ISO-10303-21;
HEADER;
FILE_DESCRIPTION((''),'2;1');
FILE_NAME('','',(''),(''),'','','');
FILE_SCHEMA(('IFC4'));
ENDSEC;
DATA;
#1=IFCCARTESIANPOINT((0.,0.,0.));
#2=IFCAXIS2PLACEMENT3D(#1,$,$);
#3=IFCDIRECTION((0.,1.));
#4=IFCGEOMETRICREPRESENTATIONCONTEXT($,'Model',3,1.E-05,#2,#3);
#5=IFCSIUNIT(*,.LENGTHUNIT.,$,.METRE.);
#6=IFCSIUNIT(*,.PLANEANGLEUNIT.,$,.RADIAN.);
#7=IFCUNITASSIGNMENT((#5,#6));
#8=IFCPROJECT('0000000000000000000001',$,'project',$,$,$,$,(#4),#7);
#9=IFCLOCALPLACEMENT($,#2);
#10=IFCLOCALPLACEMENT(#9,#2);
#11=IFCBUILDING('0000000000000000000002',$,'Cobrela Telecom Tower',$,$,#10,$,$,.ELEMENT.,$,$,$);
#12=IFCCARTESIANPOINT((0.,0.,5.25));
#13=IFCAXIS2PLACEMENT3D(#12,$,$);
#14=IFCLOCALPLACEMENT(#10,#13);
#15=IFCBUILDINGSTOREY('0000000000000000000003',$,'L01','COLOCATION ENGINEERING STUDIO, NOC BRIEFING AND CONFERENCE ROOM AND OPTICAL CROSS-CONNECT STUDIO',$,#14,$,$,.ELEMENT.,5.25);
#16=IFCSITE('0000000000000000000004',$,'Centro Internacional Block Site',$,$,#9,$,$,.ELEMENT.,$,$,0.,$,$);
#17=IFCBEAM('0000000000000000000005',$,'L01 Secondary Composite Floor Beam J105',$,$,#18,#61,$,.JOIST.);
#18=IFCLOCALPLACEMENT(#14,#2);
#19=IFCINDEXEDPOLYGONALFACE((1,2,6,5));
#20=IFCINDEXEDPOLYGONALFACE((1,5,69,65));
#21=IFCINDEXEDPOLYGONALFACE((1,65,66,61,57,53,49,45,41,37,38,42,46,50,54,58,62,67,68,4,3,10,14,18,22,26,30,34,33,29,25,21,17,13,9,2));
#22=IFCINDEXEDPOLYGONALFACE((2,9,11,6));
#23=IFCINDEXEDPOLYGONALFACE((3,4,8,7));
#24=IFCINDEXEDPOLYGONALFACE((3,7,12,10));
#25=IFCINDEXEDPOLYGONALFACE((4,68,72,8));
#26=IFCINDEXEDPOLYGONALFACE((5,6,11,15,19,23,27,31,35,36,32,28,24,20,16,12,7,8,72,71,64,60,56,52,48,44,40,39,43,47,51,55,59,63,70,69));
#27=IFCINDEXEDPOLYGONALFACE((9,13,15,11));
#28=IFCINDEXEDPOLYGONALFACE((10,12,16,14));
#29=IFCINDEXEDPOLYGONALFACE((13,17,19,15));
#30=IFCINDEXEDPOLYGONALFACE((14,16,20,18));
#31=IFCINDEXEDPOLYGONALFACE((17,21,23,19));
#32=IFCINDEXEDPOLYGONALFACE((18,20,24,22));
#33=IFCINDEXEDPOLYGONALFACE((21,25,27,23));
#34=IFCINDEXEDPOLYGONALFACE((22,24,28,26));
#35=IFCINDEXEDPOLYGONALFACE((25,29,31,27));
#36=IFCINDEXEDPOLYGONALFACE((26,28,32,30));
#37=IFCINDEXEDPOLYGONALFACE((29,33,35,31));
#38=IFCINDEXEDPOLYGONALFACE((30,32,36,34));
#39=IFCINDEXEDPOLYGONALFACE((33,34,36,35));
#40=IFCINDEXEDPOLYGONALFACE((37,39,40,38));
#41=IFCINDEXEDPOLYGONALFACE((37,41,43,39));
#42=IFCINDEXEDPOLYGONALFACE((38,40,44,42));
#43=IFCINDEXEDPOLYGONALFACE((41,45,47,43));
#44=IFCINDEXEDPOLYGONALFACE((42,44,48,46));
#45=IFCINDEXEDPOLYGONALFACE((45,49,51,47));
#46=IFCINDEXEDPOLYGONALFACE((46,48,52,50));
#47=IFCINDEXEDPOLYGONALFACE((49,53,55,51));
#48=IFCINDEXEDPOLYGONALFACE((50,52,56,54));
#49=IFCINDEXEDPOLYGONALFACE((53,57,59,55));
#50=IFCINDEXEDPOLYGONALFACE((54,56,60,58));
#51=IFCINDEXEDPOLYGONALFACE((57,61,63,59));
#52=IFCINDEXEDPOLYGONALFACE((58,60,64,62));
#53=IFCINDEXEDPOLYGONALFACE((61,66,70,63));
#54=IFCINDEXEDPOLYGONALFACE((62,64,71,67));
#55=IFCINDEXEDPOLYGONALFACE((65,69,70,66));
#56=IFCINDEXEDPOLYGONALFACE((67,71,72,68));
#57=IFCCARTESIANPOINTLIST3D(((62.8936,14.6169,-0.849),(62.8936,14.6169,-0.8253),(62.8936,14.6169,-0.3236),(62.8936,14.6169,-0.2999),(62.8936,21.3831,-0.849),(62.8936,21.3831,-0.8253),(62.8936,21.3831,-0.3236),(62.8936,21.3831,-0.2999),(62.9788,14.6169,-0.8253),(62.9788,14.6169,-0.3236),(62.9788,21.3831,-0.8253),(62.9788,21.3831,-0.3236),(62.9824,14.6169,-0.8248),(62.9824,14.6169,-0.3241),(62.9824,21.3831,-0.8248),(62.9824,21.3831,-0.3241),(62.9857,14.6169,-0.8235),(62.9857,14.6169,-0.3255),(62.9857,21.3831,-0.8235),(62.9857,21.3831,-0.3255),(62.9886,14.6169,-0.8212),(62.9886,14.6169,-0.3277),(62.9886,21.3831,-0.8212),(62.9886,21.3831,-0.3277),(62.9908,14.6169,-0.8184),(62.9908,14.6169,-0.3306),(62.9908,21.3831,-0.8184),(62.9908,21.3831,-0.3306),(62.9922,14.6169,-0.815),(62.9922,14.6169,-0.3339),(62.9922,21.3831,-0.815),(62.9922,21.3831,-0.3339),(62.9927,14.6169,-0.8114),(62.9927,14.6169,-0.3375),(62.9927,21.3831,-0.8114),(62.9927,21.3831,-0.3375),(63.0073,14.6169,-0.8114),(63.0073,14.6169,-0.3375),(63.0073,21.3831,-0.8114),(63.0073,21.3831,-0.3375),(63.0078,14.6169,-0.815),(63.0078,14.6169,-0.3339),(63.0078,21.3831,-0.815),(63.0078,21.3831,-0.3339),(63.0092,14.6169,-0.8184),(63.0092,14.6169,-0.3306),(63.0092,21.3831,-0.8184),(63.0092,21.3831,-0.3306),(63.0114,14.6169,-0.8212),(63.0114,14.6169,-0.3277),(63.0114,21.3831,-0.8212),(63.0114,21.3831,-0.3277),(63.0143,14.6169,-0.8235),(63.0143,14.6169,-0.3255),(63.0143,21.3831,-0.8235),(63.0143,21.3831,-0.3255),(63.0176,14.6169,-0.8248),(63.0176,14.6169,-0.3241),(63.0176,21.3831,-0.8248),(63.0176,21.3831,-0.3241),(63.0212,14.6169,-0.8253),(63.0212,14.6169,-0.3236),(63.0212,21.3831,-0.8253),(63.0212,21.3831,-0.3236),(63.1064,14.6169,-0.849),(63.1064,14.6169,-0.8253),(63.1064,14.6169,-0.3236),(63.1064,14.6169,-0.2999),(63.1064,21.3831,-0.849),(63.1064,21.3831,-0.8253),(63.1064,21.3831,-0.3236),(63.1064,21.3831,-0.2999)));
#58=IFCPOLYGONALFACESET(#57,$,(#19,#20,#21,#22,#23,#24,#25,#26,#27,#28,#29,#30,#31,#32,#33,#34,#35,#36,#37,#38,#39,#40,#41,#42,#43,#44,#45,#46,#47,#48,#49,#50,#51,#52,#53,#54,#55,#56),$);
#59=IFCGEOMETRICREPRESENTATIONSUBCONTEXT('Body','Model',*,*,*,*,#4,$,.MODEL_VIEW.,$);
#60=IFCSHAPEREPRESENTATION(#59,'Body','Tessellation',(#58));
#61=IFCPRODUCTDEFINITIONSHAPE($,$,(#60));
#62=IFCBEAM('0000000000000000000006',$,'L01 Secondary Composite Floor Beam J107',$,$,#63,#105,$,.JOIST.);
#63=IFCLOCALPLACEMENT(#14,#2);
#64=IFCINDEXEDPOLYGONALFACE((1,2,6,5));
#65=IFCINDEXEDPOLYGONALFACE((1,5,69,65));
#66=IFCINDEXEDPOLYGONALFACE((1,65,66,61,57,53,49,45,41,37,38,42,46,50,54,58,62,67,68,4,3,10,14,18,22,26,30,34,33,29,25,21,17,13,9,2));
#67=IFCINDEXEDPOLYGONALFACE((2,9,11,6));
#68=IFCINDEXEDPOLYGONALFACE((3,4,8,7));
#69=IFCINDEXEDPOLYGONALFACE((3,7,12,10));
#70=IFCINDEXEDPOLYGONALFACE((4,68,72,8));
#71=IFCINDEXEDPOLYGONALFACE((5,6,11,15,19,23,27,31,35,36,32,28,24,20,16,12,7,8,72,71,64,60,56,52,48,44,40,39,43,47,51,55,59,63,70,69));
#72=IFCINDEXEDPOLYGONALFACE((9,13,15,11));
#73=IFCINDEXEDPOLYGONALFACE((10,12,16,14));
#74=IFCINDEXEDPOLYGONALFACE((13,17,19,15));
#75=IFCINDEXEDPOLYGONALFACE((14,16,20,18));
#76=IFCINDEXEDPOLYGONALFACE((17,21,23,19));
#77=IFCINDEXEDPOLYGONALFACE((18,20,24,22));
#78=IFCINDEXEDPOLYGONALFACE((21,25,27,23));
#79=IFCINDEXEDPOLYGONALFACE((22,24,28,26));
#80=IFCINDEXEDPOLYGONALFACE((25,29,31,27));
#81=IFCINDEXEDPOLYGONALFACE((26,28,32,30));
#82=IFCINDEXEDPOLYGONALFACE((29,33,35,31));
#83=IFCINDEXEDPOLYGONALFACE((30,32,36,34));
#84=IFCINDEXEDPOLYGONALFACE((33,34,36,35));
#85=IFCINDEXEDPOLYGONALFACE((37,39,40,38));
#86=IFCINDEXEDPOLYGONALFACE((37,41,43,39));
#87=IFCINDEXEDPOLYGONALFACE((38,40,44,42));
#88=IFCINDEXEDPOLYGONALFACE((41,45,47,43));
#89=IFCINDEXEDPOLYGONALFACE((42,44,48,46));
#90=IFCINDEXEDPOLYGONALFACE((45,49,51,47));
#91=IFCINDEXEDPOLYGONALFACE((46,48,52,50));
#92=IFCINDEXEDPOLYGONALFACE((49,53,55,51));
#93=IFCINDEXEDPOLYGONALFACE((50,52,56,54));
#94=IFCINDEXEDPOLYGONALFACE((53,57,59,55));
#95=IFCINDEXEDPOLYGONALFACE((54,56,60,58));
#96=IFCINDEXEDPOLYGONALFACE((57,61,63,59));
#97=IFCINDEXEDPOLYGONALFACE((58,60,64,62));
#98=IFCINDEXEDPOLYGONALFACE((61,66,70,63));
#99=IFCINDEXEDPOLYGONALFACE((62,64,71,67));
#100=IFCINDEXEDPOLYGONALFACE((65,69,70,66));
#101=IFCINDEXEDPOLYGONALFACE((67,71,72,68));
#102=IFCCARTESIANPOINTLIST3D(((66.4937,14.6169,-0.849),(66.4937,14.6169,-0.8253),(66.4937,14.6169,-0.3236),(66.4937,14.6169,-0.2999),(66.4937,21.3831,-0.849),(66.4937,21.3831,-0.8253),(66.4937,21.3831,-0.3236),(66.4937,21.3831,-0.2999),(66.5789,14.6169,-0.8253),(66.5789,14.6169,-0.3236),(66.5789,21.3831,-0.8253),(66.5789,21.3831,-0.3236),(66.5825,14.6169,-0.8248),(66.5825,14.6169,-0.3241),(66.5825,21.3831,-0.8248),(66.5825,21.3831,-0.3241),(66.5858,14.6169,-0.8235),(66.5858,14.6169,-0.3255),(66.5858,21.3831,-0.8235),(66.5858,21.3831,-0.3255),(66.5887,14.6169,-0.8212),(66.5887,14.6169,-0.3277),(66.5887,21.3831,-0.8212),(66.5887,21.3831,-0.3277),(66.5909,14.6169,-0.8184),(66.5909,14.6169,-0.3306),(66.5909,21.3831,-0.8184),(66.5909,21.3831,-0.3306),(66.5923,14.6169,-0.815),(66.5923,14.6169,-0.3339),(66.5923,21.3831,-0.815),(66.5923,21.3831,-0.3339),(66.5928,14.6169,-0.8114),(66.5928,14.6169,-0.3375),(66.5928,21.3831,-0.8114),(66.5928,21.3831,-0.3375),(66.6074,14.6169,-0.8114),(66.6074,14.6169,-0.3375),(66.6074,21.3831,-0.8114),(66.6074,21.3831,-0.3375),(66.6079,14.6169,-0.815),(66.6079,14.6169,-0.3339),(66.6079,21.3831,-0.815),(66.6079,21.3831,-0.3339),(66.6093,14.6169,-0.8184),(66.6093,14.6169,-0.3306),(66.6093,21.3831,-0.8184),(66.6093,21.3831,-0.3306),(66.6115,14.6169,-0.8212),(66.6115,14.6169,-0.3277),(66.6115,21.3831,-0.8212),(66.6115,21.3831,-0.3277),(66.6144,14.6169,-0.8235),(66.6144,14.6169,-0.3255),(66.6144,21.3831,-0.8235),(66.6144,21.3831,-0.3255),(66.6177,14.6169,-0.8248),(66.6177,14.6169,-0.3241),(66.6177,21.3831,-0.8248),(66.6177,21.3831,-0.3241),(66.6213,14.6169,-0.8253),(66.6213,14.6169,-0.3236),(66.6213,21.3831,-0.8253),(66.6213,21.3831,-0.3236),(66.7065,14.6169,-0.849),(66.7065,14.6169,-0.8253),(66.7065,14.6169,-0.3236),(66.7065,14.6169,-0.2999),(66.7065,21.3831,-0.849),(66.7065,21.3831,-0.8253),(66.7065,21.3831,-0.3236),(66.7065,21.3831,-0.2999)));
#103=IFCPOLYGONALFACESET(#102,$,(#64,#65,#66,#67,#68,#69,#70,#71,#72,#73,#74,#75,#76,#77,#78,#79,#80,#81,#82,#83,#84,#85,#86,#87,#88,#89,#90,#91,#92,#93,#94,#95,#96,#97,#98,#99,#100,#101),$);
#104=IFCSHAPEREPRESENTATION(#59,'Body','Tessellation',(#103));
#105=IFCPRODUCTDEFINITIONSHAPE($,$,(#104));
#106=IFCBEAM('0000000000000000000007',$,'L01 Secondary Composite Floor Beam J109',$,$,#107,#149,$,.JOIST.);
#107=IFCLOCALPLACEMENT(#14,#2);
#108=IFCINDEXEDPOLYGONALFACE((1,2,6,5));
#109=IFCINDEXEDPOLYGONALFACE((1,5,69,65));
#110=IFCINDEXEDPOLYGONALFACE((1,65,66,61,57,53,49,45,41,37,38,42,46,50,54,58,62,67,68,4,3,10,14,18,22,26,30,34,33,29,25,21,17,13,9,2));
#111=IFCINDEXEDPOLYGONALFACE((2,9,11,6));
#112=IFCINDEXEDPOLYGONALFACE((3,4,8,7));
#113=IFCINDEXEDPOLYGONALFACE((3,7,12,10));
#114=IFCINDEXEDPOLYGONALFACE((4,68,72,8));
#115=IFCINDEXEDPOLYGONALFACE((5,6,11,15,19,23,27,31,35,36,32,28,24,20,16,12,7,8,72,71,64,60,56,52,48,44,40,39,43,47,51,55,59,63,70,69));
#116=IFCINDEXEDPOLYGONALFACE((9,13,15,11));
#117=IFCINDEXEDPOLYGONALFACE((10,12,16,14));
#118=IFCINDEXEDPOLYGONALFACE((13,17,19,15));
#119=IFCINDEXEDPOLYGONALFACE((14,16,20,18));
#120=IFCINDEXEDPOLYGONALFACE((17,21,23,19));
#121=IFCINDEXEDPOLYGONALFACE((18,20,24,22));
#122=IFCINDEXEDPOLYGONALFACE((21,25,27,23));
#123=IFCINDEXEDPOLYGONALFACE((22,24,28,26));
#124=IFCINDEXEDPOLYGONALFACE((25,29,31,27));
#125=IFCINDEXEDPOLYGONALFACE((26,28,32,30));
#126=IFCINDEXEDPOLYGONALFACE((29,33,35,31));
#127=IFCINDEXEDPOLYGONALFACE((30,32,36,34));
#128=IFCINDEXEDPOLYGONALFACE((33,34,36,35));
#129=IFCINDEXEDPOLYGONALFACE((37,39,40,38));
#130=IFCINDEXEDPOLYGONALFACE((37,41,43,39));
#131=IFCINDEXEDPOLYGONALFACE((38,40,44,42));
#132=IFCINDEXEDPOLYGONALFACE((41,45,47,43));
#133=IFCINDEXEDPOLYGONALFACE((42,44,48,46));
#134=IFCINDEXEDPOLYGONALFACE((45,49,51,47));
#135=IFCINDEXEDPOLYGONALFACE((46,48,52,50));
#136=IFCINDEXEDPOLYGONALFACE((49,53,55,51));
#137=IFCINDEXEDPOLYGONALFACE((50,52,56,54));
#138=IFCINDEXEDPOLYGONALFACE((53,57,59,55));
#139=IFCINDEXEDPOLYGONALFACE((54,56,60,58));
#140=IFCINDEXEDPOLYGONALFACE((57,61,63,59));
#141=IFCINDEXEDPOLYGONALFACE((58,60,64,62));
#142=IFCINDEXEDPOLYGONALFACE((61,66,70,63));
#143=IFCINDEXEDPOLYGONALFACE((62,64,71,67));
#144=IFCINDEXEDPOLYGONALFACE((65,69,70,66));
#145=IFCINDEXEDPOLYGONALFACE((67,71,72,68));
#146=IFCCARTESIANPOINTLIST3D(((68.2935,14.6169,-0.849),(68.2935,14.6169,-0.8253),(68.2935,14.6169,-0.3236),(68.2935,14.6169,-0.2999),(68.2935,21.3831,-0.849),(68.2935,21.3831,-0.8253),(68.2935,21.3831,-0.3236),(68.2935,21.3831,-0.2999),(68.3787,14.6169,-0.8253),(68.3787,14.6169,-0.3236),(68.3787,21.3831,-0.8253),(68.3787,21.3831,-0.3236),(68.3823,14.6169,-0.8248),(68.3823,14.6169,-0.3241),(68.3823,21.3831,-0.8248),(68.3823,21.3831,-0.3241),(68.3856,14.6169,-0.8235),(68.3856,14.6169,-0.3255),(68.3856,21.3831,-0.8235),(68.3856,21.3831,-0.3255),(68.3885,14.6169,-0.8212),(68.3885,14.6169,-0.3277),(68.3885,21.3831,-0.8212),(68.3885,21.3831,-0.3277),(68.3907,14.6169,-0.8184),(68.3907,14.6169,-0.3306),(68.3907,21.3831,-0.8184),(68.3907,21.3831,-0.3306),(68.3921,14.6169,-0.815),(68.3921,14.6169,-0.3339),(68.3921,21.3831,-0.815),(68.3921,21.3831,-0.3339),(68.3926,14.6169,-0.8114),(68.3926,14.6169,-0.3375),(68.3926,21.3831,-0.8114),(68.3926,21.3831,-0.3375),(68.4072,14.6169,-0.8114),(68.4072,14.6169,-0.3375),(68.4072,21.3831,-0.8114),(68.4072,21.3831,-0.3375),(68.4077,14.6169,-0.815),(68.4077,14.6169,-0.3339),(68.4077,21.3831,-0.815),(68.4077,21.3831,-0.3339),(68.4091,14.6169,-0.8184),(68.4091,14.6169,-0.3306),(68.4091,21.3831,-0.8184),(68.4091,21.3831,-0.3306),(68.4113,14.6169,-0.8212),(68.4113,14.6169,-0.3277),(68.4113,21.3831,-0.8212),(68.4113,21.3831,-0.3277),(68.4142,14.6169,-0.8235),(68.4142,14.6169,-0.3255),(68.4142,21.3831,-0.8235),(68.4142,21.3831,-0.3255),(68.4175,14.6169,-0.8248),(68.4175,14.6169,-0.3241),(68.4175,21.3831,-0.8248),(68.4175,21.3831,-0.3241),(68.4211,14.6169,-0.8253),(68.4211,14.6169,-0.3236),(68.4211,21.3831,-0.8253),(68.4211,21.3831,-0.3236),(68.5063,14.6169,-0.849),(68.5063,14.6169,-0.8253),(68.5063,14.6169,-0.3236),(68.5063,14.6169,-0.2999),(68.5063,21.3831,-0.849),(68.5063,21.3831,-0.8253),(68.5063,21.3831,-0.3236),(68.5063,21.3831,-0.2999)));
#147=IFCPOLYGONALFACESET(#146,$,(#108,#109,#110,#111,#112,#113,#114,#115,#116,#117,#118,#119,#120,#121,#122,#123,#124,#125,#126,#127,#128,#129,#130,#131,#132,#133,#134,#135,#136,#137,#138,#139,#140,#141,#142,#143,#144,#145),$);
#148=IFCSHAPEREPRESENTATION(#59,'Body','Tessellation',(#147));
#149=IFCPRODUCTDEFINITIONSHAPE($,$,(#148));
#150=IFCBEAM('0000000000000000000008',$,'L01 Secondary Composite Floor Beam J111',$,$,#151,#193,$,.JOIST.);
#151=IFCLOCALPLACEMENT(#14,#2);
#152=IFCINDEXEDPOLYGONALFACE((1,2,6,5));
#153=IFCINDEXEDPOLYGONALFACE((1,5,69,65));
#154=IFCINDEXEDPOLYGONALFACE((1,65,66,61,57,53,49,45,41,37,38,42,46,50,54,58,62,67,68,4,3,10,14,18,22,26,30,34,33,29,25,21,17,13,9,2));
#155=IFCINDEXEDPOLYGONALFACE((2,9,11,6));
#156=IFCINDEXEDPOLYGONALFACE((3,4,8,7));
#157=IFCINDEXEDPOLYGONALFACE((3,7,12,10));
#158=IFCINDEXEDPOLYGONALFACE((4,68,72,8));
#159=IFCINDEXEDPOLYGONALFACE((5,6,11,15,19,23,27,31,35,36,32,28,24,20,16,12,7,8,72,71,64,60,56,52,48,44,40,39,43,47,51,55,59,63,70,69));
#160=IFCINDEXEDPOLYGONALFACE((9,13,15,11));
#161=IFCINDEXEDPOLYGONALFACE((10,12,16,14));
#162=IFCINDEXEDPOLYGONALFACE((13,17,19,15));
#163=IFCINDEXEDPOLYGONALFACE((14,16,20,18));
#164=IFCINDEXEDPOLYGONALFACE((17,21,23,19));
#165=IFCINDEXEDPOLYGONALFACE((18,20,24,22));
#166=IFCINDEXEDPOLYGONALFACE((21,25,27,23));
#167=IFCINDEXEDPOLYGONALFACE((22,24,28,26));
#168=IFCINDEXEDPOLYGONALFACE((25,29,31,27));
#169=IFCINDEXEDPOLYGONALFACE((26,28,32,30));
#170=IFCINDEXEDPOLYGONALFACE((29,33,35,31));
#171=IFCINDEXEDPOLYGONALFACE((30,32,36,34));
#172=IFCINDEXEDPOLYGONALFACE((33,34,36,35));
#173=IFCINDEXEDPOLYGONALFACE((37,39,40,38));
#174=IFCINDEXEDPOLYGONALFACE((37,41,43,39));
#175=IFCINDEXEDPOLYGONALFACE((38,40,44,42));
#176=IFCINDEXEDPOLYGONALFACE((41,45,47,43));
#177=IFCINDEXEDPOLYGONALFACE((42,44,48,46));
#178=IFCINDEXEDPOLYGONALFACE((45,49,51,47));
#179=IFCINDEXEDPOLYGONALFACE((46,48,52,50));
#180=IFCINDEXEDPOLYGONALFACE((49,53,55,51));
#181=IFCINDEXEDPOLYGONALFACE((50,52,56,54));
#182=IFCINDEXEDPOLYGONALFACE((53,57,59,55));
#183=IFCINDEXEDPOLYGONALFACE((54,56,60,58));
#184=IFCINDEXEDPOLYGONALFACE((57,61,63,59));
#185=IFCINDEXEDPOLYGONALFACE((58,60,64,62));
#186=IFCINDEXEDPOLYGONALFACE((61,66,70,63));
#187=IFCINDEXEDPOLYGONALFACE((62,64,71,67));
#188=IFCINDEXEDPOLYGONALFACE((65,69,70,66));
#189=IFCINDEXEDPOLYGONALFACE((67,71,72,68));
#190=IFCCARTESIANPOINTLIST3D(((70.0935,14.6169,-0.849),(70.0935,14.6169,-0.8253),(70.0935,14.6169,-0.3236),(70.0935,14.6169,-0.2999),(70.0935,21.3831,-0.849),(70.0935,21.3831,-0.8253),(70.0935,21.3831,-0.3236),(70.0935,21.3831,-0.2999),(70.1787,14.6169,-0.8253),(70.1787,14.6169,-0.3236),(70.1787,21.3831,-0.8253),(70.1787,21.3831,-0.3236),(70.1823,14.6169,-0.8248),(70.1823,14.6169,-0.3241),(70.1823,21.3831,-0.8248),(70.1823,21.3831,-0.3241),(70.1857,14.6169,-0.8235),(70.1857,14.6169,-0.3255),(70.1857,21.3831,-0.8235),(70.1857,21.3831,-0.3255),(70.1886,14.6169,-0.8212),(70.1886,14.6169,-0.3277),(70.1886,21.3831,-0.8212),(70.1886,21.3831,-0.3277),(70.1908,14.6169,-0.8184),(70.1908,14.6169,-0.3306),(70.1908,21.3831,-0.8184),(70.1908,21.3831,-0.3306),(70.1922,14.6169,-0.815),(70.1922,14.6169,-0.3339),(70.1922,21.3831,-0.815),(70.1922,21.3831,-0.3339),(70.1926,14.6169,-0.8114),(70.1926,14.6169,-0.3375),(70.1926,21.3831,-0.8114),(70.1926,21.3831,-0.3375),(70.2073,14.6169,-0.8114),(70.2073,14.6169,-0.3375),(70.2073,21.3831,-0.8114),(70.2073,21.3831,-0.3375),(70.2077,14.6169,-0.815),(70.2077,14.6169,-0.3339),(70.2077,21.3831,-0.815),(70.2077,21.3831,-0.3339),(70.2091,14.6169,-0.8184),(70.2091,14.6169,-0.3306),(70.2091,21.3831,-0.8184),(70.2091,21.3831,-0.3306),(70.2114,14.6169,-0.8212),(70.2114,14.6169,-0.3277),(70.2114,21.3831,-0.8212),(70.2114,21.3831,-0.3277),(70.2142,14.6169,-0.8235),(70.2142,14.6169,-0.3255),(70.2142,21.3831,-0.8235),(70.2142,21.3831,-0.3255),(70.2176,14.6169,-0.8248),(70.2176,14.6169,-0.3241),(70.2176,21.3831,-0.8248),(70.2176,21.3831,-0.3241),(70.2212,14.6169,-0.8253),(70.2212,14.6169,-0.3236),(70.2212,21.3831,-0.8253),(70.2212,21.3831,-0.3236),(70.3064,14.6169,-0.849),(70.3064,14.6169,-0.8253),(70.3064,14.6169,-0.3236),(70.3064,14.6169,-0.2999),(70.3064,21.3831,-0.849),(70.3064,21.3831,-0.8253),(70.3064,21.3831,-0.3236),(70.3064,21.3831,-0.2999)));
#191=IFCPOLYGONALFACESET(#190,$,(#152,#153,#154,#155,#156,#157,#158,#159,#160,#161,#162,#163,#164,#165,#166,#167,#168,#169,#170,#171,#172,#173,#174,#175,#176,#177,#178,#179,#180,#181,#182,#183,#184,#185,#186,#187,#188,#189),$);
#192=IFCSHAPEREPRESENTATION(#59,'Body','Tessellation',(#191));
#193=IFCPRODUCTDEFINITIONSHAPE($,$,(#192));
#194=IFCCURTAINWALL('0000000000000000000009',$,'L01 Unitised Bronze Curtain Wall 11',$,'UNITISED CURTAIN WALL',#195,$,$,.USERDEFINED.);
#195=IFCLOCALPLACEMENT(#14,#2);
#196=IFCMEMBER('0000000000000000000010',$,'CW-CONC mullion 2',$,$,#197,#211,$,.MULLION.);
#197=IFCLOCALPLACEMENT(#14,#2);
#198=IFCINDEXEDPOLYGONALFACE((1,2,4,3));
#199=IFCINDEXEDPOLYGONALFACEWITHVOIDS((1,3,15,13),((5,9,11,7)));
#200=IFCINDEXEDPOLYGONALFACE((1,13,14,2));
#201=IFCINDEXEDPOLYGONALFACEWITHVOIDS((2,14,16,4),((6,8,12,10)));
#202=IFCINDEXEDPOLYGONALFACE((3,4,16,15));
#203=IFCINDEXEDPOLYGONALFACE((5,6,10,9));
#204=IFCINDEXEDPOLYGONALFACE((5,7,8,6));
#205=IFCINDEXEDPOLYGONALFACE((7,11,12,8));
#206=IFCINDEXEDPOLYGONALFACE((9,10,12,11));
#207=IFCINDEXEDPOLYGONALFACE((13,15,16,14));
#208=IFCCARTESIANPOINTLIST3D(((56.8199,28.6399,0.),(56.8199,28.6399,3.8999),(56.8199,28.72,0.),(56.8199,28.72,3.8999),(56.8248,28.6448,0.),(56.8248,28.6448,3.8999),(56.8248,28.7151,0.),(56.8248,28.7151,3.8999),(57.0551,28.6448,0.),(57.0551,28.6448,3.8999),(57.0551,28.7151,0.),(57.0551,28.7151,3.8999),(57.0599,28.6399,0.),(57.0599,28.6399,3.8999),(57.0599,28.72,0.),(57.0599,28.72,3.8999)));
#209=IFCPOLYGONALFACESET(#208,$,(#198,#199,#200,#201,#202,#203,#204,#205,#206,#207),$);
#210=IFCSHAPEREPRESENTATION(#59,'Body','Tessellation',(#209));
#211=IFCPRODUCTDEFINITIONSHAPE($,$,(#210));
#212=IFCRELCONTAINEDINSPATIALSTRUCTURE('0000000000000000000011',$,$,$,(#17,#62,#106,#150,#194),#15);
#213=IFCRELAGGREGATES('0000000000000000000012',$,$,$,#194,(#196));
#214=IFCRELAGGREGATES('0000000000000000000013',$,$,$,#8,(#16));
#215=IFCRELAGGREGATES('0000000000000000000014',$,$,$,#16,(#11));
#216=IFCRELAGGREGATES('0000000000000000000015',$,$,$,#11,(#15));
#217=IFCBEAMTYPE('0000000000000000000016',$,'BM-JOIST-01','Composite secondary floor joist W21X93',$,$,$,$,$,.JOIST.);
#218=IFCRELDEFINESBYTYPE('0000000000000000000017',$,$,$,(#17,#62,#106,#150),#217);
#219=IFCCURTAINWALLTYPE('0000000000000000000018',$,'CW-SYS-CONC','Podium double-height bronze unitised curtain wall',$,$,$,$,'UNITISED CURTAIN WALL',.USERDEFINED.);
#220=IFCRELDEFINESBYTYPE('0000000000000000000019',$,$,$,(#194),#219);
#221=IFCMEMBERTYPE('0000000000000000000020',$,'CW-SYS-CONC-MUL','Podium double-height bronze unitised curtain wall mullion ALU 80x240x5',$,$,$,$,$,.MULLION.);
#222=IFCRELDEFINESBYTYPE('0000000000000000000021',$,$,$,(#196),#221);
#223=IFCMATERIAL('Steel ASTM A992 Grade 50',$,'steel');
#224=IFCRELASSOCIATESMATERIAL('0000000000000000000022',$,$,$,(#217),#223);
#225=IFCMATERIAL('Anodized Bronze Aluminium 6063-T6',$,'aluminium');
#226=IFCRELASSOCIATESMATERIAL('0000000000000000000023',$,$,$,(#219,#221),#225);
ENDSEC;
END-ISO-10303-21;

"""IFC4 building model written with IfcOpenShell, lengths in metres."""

from ifc_helpers import new_model, si_unit, direction, frame, origin, origin_2d, place, context, subcontext, project, spatial, hollow_rectangle, i_section, extrude, material, material_profile, profile_set, type_object, element, aggregate, save


model = new_model("IFC4")

# Units and contexts
model_context = context("Model", 3, precision=1e-05, world=origin(), true_north=direction((0.0, 1.0)))
body_context = subcontext(model_context, "Body", "Model", "MODEL_VIEW")
ifc_project = project(units=[si_unit("LENGTHUNIT", "METRE"), si_unit("PLANEANGLEUNIT", "RADIAN")], contexts=[model_context])

# Site, building, storey
site_placement = place(None, origin())
site = spatial("IfcSite", under=ifc_project, at=site_placement, Name="Centro Internacional Block Site", CompositionType="ELEMENT", RefElevation=0.0)
building_placement = place(site_placement, origin())
building = spatial("IfcBuilding", under=site, at=building_placement, Name="Cobrela Telecom Tower", CompositionType="ELEMENT")
storey_placement = place(building_placement, frame((0.0, 0.0, 5.25)))
storey = spatial("IfcBuildingStorey", under=building, at=storey_placement, Name="L01", Description="COLOCATION ENGINEERING STUDIO, NOC BRIEFING AND CONFERENCE ROOM AND OPTICAL CROSS-CONNECT STUDIO", CompositionType="ELEMENT", Elevation=5.25)

# Beams
ifc_material_1 = material(Name="Steel ASTM A992 Grade 50", Category="steel")
ifc_material_profile_1 = material_profile(ifc_material_1, i_section(OverallWidth=0.2129, OverallDepth=0.5491, WebThickness=0.0146, FlangeThickness=0.0237, FilletRadius=0.0139, at=origin_2d()), Name="W21X93")
ifc_profile_set_1 = profile_set([ifc_material_profile_1], Name="Steel ASTM A992 Grade 50")
beam_type_1 = type_object("IfcBeamType", Name="BM-JOIST-01", Description="Composite secondary floor joist W21X93", PredefinedType="JOIST", material=ifc_profile_set_1)
for number, where, z_axis, x_axis, name in (
    (1, (63.0, 14.6169, -0.5745), (0.0, 1.0, 0.0), (-1.0, 0.0, 0.0), "L01 Secondary Composite Floor Beam J105"),
    (2, (66.6001, 14.6169, -0.5745), (0.0, 1.0, 0.0), (-1.0, 0.0, 0.0), "L01 Secondary Composite Floor Beam J107"),
    (3, (68.3999, 14.6169, -0.5745), (0.0, 1.0, 0.0), (-1.0, 0.0, 0.0), "L01 Secondary Composite Floor Beam J109"),
    (4, (70.2, 14.6169, -0.5745), (0.0, 1.0, 0.0), (-1.0, 0.0, 0.0), "L01 Secondary Composite Floor Beam J111"),
):
    element("IfcBeam", number, at=place(storey_placement, frame(where, z_axis=z_axis, x_axis=x_axis)), inside=storey, type_object=beam_type_1, Name=name, PredefinedType="JOIST", context=body_context, shape_type="SweptSolid", body=[
        extrude(i_section(OverallWidth=0.2129, OverallDepth=0.5491, WebThickness=0.0146, FlangeThickness=0.0237, FilletRadius=0.0139, at=origin_2d()), origin(), (0.0, 0.0, 1.0), 6.7661),
    ])

# Curtain wall, member
ifc_material_2 = material(Name="Anodized Bronze Aluminium 6063-T6", Category="aluminium")
curtain_wall_type = type_object("IfcCurtainWallType", Name="CW-SYS-CONC", Description="Podium double-height bronze unitised curtain wall", ElementType="UNITISED CURTAIN WALL", PredefinedType="USERDEFINED", material=ifc_material_2)
curtain_wall_placement = place(storey_placement, origin())
curtain_wall = element("IfcCurtainWall", 5, at=curtain_wall_placement, inside=storey, type_object=curtain_wall_type, Name="L01 Unitised Bronze Curtain Wall 11", ObjectType="UNITISED CURTAIN WALL", PredefinedType="USERDEFINED")
ifc_material_profile_2 = material_profile(ifc_material_2, hollow_rectangle(XDim=0.0801, YDim=0.24, WallThickness=0.0049, at=origin_2d()), Name="ALU 80x240x5")
ifc_profile_set_2 = profile_set([ifc_material_profile_2], Name="Anodized Bronze Aluminium 6063-T6")
member_type_1 = type_object("IfcMemberType", Name="CW-SYS-CONC-MUL", Description="Podium double-height bronze unitised curtain wall mullion ALU 80x240x5", PredefinedType="MULLION", material=ifc_profile_set_2)
member_1_placement = place(storey_placement, frame((56.9399, 28.6799, 0.0), z_axis=(0.0, 0.0, 1.0), x_axis=(0.0, 1.0, 0.0)))
member_1 = element("IfcMember", 6, at=member_1_placement, type_object=member_type_1, Name="CW-CONC mullion 2", PredefinedType="MULLION", context=body_context, shape_type="SweptSolid", body=[
    extrude(hollow_rectangle(XDim=0.0801, YDim=0.24, WallThickness=0.0049, at=origin_2d()), origin(), (0.0, 0.0, 1.0), 3.8999),
])
aggregate(curtain_wall, [member_1])

save(model, "model.ifc")
